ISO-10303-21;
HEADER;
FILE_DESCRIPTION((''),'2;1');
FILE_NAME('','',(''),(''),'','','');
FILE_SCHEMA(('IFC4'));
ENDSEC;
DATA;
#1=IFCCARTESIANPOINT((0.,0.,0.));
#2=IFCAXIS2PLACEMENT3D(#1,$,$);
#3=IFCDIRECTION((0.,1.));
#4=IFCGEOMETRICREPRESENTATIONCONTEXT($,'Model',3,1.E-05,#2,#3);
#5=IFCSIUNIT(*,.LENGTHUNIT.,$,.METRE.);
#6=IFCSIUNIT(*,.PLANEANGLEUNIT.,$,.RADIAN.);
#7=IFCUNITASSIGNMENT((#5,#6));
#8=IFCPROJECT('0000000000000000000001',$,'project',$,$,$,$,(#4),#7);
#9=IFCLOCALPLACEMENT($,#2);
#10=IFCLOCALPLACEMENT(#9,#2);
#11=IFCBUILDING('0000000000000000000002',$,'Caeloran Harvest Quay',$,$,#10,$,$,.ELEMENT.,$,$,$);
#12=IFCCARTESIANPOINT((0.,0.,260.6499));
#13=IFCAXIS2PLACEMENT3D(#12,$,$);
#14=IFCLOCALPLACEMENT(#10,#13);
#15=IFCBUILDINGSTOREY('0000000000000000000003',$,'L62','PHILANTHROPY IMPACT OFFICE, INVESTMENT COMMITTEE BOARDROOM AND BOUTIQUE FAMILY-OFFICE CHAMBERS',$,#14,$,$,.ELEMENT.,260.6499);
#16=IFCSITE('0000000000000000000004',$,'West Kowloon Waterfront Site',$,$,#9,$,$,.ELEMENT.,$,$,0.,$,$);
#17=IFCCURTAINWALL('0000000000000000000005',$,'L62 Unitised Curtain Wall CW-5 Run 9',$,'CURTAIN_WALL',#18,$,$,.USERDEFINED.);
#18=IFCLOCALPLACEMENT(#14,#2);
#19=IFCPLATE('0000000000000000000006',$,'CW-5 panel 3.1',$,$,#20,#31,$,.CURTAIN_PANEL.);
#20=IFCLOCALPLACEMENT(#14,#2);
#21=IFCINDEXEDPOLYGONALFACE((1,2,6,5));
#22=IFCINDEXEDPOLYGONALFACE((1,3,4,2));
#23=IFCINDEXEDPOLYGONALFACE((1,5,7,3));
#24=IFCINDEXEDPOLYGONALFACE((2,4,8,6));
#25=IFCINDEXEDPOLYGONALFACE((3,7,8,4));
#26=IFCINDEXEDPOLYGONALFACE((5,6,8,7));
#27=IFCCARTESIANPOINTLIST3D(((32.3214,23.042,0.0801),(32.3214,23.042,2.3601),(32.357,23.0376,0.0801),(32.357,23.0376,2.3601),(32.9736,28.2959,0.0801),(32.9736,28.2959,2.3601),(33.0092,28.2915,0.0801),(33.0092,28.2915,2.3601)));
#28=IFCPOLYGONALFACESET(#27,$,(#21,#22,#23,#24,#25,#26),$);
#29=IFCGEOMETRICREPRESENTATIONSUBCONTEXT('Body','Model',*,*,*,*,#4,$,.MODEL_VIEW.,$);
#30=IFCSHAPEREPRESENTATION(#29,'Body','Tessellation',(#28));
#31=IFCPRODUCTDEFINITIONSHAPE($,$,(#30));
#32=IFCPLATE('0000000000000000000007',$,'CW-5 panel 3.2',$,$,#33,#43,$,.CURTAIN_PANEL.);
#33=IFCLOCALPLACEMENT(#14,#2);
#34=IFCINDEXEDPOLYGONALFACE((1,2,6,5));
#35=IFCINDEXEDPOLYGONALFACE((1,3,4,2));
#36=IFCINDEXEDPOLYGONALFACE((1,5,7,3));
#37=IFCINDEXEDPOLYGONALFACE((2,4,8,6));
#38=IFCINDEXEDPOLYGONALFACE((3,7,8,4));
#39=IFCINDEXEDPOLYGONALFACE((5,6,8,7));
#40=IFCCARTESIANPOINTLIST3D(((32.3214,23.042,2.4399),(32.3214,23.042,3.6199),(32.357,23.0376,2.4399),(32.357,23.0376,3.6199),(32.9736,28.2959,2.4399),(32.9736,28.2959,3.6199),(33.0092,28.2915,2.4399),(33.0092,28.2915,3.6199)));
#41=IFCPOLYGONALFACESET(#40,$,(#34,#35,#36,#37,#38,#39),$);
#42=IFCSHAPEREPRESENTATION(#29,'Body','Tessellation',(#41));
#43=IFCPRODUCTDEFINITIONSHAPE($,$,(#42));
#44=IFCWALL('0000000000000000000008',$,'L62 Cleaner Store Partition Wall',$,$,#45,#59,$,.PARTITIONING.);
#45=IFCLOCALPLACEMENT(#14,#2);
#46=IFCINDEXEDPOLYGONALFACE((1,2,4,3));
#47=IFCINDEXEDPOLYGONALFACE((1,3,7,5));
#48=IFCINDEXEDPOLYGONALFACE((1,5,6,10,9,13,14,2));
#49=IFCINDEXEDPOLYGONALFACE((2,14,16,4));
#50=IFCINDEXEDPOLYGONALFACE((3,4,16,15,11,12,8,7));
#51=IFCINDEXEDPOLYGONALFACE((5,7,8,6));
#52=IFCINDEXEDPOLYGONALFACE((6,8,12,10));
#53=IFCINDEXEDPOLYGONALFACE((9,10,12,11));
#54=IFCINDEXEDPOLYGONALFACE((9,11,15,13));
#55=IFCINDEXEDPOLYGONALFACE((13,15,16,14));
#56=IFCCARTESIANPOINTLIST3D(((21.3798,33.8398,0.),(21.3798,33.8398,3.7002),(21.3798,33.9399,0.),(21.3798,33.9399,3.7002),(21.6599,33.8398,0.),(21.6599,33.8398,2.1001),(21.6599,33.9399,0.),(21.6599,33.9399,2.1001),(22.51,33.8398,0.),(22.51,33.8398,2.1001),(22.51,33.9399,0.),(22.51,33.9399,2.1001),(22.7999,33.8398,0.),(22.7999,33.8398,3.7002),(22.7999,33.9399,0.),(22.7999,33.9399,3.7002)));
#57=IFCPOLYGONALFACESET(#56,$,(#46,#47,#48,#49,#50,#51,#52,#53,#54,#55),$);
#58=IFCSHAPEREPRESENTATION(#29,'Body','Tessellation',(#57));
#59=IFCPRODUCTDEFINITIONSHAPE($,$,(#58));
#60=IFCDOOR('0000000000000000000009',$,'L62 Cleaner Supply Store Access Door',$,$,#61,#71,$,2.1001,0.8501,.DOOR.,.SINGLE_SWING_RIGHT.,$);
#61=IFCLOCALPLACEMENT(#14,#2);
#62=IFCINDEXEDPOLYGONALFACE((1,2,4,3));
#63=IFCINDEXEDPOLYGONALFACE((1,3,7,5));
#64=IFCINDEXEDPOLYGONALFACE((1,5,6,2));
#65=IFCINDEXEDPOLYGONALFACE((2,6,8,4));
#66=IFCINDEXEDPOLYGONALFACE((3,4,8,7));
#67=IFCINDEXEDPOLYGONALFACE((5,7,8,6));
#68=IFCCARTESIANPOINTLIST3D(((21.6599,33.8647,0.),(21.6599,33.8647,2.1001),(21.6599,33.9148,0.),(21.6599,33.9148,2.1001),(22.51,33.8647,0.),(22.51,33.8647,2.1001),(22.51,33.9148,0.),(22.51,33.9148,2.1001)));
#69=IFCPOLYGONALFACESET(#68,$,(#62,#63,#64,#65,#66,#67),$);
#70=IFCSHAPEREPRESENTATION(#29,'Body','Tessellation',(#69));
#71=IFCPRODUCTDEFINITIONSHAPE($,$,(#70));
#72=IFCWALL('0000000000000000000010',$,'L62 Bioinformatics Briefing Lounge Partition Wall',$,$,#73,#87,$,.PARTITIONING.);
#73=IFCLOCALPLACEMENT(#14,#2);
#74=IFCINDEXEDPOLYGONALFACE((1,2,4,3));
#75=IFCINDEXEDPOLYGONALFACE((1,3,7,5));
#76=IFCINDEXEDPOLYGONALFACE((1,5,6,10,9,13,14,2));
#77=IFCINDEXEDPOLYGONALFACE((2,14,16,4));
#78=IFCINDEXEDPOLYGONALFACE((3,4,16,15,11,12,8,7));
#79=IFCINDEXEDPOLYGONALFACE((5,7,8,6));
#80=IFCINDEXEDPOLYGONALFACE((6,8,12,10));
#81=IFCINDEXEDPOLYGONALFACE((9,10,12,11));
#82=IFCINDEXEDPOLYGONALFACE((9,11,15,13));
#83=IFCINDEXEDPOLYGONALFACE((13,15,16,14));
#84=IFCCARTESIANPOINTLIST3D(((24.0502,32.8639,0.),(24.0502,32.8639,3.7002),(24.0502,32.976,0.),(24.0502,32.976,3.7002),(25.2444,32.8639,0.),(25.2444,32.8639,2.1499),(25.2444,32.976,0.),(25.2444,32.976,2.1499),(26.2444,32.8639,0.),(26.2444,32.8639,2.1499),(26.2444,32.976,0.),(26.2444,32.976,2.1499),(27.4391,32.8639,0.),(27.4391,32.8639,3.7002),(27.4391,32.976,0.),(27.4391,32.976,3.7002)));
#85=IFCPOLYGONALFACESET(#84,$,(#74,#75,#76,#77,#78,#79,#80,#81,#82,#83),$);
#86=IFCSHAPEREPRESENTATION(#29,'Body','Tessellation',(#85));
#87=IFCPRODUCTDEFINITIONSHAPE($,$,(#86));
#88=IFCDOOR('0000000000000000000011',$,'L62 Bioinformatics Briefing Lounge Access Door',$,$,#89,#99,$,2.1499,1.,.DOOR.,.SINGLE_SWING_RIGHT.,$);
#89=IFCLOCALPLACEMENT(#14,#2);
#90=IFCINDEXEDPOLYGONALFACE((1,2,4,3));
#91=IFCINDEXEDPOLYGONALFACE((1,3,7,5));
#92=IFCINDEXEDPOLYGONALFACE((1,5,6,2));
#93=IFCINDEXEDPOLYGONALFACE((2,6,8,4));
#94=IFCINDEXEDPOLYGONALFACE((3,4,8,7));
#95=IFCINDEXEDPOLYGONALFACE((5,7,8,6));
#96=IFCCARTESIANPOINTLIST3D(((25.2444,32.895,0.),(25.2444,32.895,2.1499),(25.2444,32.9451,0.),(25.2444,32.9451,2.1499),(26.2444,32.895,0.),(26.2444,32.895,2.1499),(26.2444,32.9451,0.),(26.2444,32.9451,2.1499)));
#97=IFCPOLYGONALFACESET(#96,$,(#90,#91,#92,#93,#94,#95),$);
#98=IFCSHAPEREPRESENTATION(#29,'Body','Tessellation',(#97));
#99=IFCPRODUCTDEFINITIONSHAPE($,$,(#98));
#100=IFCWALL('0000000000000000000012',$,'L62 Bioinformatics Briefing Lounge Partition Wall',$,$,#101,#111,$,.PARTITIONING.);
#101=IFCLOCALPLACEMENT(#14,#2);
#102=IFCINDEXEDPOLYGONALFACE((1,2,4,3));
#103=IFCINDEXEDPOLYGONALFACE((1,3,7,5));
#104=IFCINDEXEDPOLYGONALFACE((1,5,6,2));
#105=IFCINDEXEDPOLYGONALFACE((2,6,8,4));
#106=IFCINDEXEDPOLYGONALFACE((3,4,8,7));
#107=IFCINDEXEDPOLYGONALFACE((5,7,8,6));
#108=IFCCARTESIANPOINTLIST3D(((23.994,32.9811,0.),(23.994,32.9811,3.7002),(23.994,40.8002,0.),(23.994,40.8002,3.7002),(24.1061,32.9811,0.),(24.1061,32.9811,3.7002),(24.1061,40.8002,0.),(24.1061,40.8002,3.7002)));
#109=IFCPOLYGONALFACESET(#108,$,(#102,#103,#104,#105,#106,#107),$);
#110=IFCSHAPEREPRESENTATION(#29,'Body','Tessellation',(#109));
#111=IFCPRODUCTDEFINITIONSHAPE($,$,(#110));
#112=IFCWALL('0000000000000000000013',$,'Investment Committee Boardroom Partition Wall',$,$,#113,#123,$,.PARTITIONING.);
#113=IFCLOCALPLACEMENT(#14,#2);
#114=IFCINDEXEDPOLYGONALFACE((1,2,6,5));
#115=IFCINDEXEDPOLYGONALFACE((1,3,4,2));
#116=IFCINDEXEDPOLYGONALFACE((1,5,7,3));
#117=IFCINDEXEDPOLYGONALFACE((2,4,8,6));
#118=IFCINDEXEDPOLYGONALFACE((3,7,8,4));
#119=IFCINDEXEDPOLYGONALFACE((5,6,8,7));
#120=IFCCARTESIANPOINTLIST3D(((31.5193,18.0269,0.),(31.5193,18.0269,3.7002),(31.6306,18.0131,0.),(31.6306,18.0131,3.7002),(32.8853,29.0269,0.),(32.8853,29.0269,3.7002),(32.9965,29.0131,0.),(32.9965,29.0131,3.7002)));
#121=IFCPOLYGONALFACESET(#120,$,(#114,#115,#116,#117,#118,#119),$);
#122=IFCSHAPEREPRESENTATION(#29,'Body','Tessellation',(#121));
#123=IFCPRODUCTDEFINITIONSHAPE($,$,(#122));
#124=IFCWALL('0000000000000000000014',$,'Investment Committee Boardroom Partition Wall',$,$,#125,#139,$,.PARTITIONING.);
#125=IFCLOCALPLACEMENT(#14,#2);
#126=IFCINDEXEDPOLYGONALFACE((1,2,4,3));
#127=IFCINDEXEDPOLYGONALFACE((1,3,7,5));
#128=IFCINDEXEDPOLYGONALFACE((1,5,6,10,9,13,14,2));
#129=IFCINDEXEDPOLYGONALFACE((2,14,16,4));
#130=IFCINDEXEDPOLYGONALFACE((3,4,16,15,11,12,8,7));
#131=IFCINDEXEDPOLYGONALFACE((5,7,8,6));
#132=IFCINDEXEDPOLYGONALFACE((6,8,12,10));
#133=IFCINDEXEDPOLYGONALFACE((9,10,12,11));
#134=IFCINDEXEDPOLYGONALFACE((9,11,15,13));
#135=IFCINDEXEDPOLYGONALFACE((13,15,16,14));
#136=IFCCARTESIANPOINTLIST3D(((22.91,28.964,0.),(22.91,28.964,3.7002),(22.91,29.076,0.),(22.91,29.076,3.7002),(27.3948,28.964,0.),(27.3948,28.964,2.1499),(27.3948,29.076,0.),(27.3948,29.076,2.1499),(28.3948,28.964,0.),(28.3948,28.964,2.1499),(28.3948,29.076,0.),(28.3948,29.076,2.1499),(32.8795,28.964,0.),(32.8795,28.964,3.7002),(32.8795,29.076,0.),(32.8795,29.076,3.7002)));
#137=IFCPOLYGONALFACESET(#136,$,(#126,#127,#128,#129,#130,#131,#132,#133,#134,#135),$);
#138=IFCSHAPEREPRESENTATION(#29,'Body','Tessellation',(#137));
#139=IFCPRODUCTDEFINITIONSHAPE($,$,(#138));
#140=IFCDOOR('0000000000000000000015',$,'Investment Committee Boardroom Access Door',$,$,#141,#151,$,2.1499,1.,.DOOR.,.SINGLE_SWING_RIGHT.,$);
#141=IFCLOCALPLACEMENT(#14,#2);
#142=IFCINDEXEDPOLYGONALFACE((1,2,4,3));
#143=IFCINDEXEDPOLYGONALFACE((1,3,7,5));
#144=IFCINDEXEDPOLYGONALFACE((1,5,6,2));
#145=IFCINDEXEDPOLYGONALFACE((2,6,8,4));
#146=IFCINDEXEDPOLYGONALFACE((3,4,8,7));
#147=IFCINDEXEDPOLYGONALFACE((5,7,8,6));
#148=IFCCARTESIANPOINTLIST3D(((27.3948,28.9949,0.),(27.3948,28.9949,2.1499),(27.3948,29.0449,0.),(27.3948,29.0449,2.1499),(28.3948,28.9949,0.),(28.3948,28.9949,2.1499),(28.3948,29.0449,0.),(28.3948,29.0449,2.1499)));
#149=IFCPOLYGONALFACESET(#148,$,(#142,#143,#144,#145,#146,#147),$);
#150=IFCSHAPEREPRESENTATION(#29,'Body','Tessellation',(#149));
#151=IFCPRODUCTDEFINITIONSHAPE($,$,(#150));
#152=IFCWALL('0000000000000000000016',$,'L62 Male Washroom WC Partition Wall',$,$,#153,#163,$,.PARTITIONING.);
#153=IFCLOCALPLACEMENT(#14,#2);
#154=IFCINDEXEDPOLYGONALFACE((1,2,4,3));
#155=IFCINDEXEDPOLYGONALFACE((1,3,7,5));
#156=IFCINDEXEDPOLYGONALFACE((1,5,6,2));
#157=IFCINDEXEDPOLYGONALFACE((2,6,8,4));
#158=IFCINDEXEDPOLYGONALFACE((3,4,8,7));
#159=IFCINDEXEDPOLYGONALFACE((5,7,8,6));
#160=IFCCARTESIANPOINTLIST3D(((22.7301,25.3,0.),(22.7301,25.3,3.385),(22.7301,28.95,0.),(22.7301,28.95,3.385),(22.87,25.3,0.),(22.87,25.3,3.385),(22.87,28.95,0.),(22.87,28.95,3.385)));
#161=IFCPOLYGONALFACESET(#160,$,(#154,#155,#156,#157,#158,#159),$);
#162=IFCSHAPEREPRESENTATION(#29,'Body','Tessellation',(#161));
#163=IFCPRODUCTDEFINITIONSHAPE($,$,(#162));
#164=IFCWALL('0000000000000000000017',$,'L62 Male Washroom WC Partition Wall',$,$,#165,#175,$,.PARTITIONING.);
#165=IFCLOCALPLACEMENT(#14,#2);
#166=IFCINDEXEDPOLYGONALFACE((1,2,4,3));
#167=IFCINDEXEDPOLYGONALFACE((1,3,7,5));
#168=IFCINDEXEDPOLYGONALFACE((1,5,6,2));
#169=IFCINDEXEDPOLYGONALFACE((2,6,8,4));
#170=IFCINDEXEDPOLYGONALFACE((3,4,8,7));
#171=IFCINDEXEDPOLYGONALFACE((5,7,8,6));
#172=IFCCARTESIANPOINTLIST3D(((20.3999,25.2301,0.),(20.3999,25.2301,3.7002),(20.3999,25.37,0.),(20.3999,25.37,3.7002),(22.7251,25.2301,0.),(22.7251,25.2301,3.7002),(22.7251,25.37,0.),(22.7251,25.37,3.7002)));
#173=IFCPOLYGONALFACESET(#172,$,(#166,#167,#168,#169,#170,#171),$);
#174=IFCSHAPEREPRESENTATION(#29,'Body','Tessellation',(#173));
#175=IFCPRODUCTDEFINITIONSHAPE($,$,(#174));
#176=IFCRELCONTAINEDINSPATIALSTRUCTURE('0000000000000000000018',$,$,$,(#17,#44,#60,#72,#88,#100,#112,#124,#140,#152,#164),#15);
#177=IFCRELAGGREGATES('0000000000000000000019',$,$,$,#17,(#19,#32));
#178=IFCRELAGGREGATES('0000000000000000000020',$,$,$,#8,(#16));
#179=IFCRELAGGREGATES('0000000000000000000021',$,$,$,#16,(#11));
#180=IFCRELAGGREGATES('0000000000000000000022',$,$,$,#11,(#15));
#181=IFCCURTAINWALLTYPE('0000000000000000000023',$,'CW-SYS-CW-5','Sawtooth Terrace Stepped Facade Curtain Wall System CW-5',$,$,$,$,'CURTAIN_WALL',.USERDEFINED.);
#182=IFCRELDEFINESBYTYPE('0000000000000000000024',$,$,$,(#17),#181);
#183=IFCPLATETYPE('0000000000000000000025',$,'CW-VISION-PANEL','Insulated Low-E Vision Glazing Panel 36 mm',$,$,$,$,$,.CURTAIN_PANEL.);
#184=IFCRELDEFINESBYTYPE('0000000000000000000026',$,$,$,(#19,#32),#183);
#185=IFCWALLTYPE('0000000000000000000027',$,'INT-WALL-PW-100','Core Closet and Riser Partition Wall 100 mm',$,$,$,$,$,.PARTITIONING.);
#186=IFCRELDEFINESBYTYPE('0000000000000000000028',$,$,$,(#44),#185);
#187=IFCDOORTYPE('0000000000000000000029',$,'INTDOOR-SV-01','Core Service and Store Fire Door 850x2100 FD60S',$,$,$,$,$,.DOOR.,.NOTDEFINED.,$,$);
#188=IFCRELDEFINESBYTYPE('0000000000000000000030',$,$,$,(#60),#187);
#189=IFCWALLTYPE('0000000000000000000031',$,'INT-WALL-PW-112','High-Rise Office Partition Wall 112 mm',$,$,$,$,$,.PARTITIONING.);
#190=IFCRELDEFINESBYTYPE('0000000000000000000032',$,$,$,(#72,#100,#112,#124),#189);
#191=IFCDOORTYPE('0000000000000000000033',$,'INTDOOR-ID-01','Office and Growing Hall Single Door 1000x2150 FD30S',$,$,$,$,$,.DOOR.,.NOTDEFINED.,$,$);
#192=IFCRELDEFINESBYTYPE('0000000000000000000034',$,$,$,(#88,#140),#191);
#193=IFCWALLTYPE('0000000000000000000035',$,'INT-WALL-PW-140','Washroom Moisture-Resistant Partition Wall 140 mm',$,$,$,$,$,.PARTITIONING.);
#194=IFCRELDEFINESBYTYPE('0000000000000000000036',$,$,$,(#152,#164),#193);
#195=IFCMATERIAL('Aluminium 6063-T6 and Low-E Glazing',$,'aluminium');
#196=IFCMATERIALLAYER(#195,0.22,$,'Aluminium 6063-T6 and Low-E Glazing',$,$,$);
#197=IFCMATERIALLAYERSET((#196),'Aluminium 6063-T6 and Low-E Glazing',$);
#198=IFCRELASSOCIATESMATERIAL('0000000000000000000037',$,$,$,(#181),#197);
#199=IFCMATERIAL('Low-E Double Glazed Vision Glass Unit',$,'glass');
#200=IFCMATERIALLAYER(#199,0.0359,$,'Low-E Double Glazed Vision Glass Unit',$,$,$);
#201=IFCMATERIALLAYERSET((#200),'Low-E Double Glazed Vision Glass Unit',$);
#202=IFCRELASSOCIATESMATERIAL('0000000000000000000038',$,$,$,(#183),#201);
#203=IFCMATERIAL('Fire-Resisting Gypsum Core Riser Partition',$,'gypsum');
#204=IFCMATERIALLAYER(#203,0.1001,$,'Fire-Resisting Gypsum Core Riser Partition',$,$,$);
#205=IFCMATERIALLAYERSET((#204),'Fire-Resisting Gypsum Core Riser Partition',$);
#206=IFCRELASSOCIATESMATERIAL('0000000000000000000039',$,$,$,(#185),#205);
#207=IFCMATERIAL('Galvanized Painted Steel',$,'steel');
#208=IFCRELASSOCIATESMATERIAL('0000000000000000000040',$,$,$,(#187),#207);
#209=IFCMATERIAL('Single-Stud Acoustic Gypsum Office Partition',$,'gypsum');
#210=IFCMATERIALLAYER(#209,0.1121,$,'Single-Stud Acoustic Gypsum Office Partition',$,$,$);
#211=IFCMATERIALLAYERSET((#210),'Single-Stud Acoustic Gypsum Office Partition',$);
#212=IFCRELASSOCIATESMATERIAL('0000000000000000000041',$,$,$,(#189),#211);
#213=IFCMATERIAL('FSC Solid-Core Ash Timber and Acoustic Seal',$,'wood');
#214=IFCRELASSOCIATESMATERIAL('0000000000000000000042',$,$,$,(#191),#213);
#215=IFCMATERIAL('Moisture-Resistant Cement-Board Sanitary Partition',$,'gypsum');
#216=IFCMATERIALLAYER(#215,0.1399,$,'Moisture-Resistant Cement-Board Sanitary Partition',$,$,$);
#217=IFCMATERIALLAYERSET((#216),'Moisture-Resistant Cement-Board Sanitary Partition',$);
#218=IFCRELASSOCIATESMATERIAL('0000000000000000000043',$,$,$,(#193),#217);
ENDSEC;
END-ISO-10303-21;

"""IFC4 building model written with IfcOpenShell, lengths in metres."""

from ifc_helpers import new_model, si_unit, direction, frame, frame_2d, origin, origin_2d, place, context, subcontext, project, spatial, rectangle, extrude, material, layer, layer_set, type_object, element, fill, aggregate, save


model = new_model("IFC4")

# Units and contexts
model_context = context("Model", 3, precision=1e-05, world=origin(), true_north=direction((0.0, 1.0)))
body_context = subcontext(model_context, "Body", "Model", "MODEL_VIEW")
ifc_project = project(units=[si_unit("LENGTHUNIT", "METRE"), si_unit("PLANEANGLEUNIT", "RADIAN")], contexts=[model_context])

# Site, building, storey
site_placement = place(None, origin())
site = spatial("IfcSite", under=ifc_project, at=site_placement, Name="West Kowloon Waterfront Site", CompositionType="ELEMENT", RefElevation=0.0)
building_placement = place(site_placement, origin())
building = spatial("IfcBuilding", under=site, at=building_placement, Name="Caeloran Harvest Quay", CompositionType="ELEMENT")
storey_placement = place(building_placement, frame((0.0, 0.0, 260.6499)))
storey = spatial("IfcBuildingStorey", under=building, at=storey_placement, Name="L62", Description="PHILANTHROPY IMPACT OFFICE, INVESTMENT COMMITTEE BOARDROOM AND BOUTIQUE FAMILY-OFFICE CHAMBERS", CompositionType="ELEMENT", Elevation=260.6499)

# Curtain wall, plates
ifc_material_1 = material(Name="Aluminium 6063-T6 and Low-E Glazing", Category="aluminium")
ifc_layer_1 = layer(ifc_material_1, 0.22, Name="Aluminium 6063-T6 and Low-E Glazing")
ifc_layer_set_1 = layer_set([ifc_layer_1], Name="Aluminium 6063-T6 and Low-E Glazing")
curtain_wall_type = type_object("IfcCurtainWallType", Name="CW-SYS-CW-5", Description="Sawtooth Terrace Stepped Facade Curtain Wall System CW-5", ElementType="CURTAIN_WALL", PredefinedType="USERDEFINED", material=ifc_layer_set_1)
curtain_wall_placement = place(storey_placement, origin())
curtain_wall = element("IfcCurtainWall", 1, at=curtain_wall_placement, inside=storey, type_object=curtain_wall_type, Name="L62 Unitised Curtain Wall CW-5 Run 9", ObjectType="CURTAIN_WALL", PredefinedType="USERDEFINED")
ifc_material_2 = material(Name="Low-E Double Glazed Vision Glass Unit", Category="glass")
ifc_layer_2 = layer(ifc_material_2, 0.0359, Name="Low-E Double Glazed Vision Glass Unit")
ifc_layer_set_2 = layer_set([ifc_layer_2], Name="Low-E Double Glazed Vision Glass Unit")
plate_type = type_object("IfcPlateType", Name="CW-VISION-PANEL", Description="Insulated Low-E Vision Glazing Panel 36 mm", PredefinedType="CURTAIN_PANEL", material=ifc_layer_set_2)
plate_1_placement = place(storey_placement, frame((32.6653, 25.6667, 0.0801), z_axis=(0.0, 0.0, 1.0), x_axis=(-0.12319, -0.992383, 0.0)))
plate_1 = element("IfcPlate", 2, at=plate_1_placement, type_object=plate_type, Name="CW-5 panel 3.1", PredefinedType="CURTAIN_PANEL", context=body_context, shape_type="SweptSolid", body=[
    extrude(rectangle(XDim=5.2942, YDim=0.0359, at=origin_2d()), origin(), (0.0, 0.0, 1.0), 2.28),
])
plate_2_placement = place(storey_placement, frame((32.6653, 25.6667, 2.4399), z_axis=(0.0, 0.0, 1.0), x_axis=(-0.12319, -0.992383, 0.0)))
plate_2 = element("IfcPlate", 3, at=plate_2_placement, type_object=plate_type, Name="CW-5 panel 3.2", PredefinedType="CURTAIN_PANEL", context=body_context, shape_type="SweptSolid", body=[
    extrude(rectangle(XDim=5.2942, YDim=0.0359, at=origin_2d()), origin(), (0.0, 0.0, 1.0), 1.1799),
])
aggregate(curtain_wall, [plate_1, plate_2])

# Walls, openings, doors
ifc_material_3 = material(Name="Fire-Resisting Gypsum Core Riser Partition", Category="gypsum")
ifc_layer_3 = layer(ifc_material_3, 0.1001, Name="Fire-Resisting Gypsum Core Riser Partition")
ifc_layer_set_3 = layer_set([ifc_layer_3], Name="Fire-Resisting Gypsum Core Riser Partition")
wall_type_1 = type_object("IfcWallType", Name="INT-WALL-PW-100", Description="Core Closet and Riser Partition Wall 100 mm", PredefinedType="PARTITIONING", material=ifc_layer_set_3)
wall_1_placement = place(storey_placement, frame((21.3799, 33.8899, 0.0), z_axis=(0.0, 0.0, 1.0), x_axis=(1.0, 0.0, 0.0)))
wall_1 = element("IfcWall", 4, at=wall_1_placement, inside=storey, type_object=wall_type_1, Name="L62 Cleaner Store Partition Wall", PredefinedType="PARTITIONING", context=body_context, shape_type="SweptSolid", body=[
    extrude(rectangle(XDim=1.4202, YDim=0.1001, at=frame_2d((0.71, 0.0))), origin(), (0.0, 0.0, 1.0), 3.7002),
])
opening_1_placement = place(wall_1_placement, frame((0.28, 0.0, 0.0)))
opening_1 = element("IfcOpeningElement", 5, at=opening_1_placement, cuts=wall_1, PredefinedType="OPENING", context=body_context, shape_type="SweptSolid", body=[
    extrude(rectangle(XDim=0.8501, YDim=2.1001, at=frame_2d((0.425, 1.05))), frame((0.0, 0.0601, 0.0), z_axis=(0.0, -1.0, 0.0), x_axis=(1.0, 0.0, 0.0)), (0.0, 0.0, 1.0), 0.1201),
])
ifc_material_4 = material(Name="Galvanized Painted Steel", Category="steel")
door_type_1 = type_object("IfcDoorType", Name="INTDOOR-SV-01", Description="Core Service and Store Fire Door 850x2100 FD60S", OperationType="NOTDEFINED", PredefinedType="DOOR", material=ifc_material_4)
door_1_placement = place(opening_1_placement, origin())
door_1 = element("IfcDoor", 6, at=door_1_placement, inside=storey, type_object=door_type_1, Name="L62 Cleaner Supply Store Access Door", OperationType="SINGLE_SWING_RIGHT", OverallHeight=2.1001, OverallWidth=0.8501, PredefinedType="DOOR", context=body_context, shape_type="SweptSolid", body=[
    extrude(rectangle(XDim=0.8501, YDim=2.1001, at=frame_2d((0.425, 1.05))), frame((0.0, 0.0249, 0.0), z_axis=(0.0, -1.0, 0.0), x_axis=(1.0, 0.0, 0.0)), (0.0, 0.0, 1.0), 0.05),
])
fill(opening_1, door_1)
ifc_material_5 = material(Name="Single-Stud Acoustic Gypsum Office Partition", Category="gypsum")
ifc_layer_4 = layer(ifc_material_5, 0.1121, Name="Single-Stud Acoustic Gypsum Office Partition")
ifc_layer_set_4 = layer_set([ifc_layer_4], Name="Single-Stud Acoustic Gypsum Office Partition")
wall_type_2 = type_object("IfcWallType", Name="INT-WALL-PW-112", Description="High-Rise Office Partition Wall 112 mm", PredefinedType="PARTITIONING", material=ifc_layer_set_4)
wall_2_placement = place(storey_placement, frame((27.439, 32.9199, 0.0), z_axis=(0.0, 0.0, 1.0), x_axis=(-1.0, 0.0, 0.0)))
wall_2 = element("IfcWall", 7, at=wall_2_placement, inside=storey, type_object=wall_type_2, Name="L62 Bioinformatics Briefing Lounge Partition Wall", PredefinedType="PARTITIONING", context=body_context, shape_type="SweptSolid", body=[
    extrude(rectangle(XDim=3.3889, YDim=0.1121, at=frame_2d((1.6943, 0.0))), origin(), (0.0, 0.0, 1.0), 3.7002),
])
opening_2_placement = place(wall_2_placement, frame((1.1946, 0.0, 0.0)))
opening_2 = element("IfcOpeningElement", 8, at=opening_2_placement, cuts=wall_2, PredefinedType="OPENING", context=body_context, shape_type="SweptSolid", body=[
    extrude(rectangle(XDim=1.0, YDim=2.1499, at=frame_2d((0.5, 1.075))), frame((0.0, 0.0659, 0.0), z_axis=(0.0, -1.0, 0.0), x_axis=(1.0, 0.0, 0.0)), (0.0, 0.0, 1.0), 0.1321),
])
ifc_material_6 = material(Name="FSC Solid-Core Ash Timber and Acoustic Seal", Category="wood")
door_type_2 = type_object("IfcDoorType", Name="INTDOOR-ID-01", Description="Office and Growing Hall Single Door 1000x2150 FD30S", OperationType="NOTDEFINED", PredefinedType="DOOR", material=ifc_material_6)
door_2_placement = place(opening_2_placement, origin())
door_2 = element("IfcDoor", 9, at=door_2_placement, inside=storey, type_object=door_type_2, Name="L62 Bioinformatics Briefing Lounge Access Door", OperationType="SINGLE_SWING_RIGHT", OverallHeight=2.1499, OverallWidth=1.0, PredefinedType="DOOR", context=body_context, shape_type="SweptSolid", body=[
    extrude(rectangle(XDim=1.0, YDim=2.1499, at=frame_2d((0.5, 1.075))), frame((0.0, 0.0249, 0.0), z_axis=(0.0, -1.0, 0.0), x_axis=(1.0, 0.0, 0.0)), (0.0, 0.0, 1.0), 0.05),
])
fill(opening_2, door_2)

# Wall
wall_3_placement = place(storey_placement, frame((24.05, 32.981, 0.0), z_axis=(0.0, 0.0, 1.0), x_axis=(0.0, 1.0, 0.0)))
element("IfcWall", 10, at=wall_3_placement, inside=storey, type_object=wall_type_2, Name="L62 Bioinformatics Briefing Lounge Partition Wall", PredefinedType="PARTITIONING", context=body_context, shape_type="SweptSolid", body=[
    extrude(rectangle(XDim=7.8191, YDim=0.1121, at=frame_2d((3.9097, 0.0))), origin(), (0.0, 0.0, 1.0), 3.7002),
])

# Wall
wall_4_placement = place(storey_placement, frame((32.9409, 29.02, 0.0), z_axis=(0.0, 0.0, 1.0), x_axis=(-0.123232, -0.992378, 0.0)))
element("IfcWall", 11, at=wall_4_placement, inside=storey, type_object=wall_type_2, Name="Investment Committee Boardroom Partition Wall", PredefinedType="PARTITIONING", context=body_context, shape_type="SweptSolid", body=[
    extrude(rectangle(XDim=11.0845, YDim=0.1121, at=frame_2d((5.5422, 0.0))), origin(), (0.0, 0.0, 1.0), 3.7002),
])

# Wall, opening, door
wall_5_placement = place(storey_placement, frame((22.9099, 29.02, 0.0), z_axis=(0.0, 0.0, 1.0), x_axis=(1.0, 0.0, 0.0)))
wall_5 = element("IfcWall", 12, at=wall_5_placement, inside=storey, type_object=wall_type_2, Name="Investment Committee Boardroom Partition Wall", PredefinedType="PARTITIONING", context=body_context, shape_type="SweptSolid", body=[
    extrude(rectangle(XDim=9.9695, YDim=0.1121, at=frame_2d((4.9849, 0.0))), origin(), (0.0, 0.0, 1.0), 3.7002),
])
opening_3_placement = place(wall_5_placement, frame((4.4849, 0.0, 0.0)))
opening_3 = element("IfcOpeningElement", 13, at=opening_3_placement, cuts=wall_5, PredefinedType="OPENING", context=body_context, shape_type="SweptSolid", body=[
    extrude(rectangle(XDim=1.0, YDim=2.1499, at=frame_2d((0.5, 1.075))), frame((0.0, 0.0659, 0.0), z_axis=(0.0, -1.0, 0.0), x_axis=(1.0, 0.0, 0.0)), (0.0, 0.0, 1.0), 0.1321),
])
door_3_placement = place(opening_3_placement, origin())
door_3 = element("IfcDoor", 14, at=door_3_placement, inside=storey, type_object=door_type_2, Name="Investment Committee Boardroom Access Door", OperationType="SINGLE_SWING_RIGHT", OverallHeight=2.1499, OverallWidth=1.0, PredefinedType="DOOR", context=body_context, shape_type="SweptSolid", body=[
    extrude(rectangle(XDim=1.0, YDim=2.1499, at=frame_2d((0.5, 1.075))), frame((0.0, 0.0249, 0.0), z_axis=(0.0, -1.0, 0.0), x_axis=(1.0, 0.0, 0.0)), (0.0, 0.0, 1.0), 0.05),
])
fill(opening_3, door_3)

# Walls
ifc_material_7 = material(Name="Moisture-Resistant Cement-Board Sanitary Partition", Category="gypsum")
ifc_layer_5 = layer(ifc_material_7, 0.1399, Name="Moisture-Resistant Cement-Board Sanitary Partition")
ifc_layer_set_5 = layer_set([ifc_layer_5], Name="Moisture-Resistant Cement-Board Sanitary Partition")
wall_type_3 = type_object("IfcWallType", Name="INT-WALL-PW-140", Description="Washroom Moisture-Resistant Partition Wall 140 mm", PredefinedType="PARTITIONING", material=ifc_layer_set_5)
wall_6_placement = place(storey_placement, frame((22.8, 28.95, 0.0), z_axis=(0.0, 0.0, 1.0), x_axis=(0.0, -1.0, 0.0)))
element("IfcWall", 15, at=wall_6_placement, inside=storey, type_object=wall_type_3, Name="L62 Male Washroom WC Partition Wall", PredefinedType="PARTITIONING", context=body_context, shape_type="SweptSolid", body=[
    extrude(rectangle(XDim=3.6499, YDim=0.1399, at=frame_2d((1.825, 0.0))), origin(), (0.0, 0.0, 1.0), 3.385),
])
wall_7_placement = place(storey_placement, frame((22.7251, 25.3, 0.0), z_axis=(0.0, 0.0, 1.0), x_axis=(-1.0, 0.0, 0.0)))
element("IfcWall", 16, at=wall_7_placement, inside=storey, type_object=wall_type_3, Name="L62 Male Washroom WC Partition Wall", PredefinedType="PARTITIONING", context=body_context, shape_type="SweptSolid", body=[
    extrude(rectangle(XDim=2.3252, YDim=0.1399, at=frame_2d((1.1626, 0.0))), origin(), (0.0, 0.0, 1.0), 3.7002),
])

save(model, "model.ifc")
